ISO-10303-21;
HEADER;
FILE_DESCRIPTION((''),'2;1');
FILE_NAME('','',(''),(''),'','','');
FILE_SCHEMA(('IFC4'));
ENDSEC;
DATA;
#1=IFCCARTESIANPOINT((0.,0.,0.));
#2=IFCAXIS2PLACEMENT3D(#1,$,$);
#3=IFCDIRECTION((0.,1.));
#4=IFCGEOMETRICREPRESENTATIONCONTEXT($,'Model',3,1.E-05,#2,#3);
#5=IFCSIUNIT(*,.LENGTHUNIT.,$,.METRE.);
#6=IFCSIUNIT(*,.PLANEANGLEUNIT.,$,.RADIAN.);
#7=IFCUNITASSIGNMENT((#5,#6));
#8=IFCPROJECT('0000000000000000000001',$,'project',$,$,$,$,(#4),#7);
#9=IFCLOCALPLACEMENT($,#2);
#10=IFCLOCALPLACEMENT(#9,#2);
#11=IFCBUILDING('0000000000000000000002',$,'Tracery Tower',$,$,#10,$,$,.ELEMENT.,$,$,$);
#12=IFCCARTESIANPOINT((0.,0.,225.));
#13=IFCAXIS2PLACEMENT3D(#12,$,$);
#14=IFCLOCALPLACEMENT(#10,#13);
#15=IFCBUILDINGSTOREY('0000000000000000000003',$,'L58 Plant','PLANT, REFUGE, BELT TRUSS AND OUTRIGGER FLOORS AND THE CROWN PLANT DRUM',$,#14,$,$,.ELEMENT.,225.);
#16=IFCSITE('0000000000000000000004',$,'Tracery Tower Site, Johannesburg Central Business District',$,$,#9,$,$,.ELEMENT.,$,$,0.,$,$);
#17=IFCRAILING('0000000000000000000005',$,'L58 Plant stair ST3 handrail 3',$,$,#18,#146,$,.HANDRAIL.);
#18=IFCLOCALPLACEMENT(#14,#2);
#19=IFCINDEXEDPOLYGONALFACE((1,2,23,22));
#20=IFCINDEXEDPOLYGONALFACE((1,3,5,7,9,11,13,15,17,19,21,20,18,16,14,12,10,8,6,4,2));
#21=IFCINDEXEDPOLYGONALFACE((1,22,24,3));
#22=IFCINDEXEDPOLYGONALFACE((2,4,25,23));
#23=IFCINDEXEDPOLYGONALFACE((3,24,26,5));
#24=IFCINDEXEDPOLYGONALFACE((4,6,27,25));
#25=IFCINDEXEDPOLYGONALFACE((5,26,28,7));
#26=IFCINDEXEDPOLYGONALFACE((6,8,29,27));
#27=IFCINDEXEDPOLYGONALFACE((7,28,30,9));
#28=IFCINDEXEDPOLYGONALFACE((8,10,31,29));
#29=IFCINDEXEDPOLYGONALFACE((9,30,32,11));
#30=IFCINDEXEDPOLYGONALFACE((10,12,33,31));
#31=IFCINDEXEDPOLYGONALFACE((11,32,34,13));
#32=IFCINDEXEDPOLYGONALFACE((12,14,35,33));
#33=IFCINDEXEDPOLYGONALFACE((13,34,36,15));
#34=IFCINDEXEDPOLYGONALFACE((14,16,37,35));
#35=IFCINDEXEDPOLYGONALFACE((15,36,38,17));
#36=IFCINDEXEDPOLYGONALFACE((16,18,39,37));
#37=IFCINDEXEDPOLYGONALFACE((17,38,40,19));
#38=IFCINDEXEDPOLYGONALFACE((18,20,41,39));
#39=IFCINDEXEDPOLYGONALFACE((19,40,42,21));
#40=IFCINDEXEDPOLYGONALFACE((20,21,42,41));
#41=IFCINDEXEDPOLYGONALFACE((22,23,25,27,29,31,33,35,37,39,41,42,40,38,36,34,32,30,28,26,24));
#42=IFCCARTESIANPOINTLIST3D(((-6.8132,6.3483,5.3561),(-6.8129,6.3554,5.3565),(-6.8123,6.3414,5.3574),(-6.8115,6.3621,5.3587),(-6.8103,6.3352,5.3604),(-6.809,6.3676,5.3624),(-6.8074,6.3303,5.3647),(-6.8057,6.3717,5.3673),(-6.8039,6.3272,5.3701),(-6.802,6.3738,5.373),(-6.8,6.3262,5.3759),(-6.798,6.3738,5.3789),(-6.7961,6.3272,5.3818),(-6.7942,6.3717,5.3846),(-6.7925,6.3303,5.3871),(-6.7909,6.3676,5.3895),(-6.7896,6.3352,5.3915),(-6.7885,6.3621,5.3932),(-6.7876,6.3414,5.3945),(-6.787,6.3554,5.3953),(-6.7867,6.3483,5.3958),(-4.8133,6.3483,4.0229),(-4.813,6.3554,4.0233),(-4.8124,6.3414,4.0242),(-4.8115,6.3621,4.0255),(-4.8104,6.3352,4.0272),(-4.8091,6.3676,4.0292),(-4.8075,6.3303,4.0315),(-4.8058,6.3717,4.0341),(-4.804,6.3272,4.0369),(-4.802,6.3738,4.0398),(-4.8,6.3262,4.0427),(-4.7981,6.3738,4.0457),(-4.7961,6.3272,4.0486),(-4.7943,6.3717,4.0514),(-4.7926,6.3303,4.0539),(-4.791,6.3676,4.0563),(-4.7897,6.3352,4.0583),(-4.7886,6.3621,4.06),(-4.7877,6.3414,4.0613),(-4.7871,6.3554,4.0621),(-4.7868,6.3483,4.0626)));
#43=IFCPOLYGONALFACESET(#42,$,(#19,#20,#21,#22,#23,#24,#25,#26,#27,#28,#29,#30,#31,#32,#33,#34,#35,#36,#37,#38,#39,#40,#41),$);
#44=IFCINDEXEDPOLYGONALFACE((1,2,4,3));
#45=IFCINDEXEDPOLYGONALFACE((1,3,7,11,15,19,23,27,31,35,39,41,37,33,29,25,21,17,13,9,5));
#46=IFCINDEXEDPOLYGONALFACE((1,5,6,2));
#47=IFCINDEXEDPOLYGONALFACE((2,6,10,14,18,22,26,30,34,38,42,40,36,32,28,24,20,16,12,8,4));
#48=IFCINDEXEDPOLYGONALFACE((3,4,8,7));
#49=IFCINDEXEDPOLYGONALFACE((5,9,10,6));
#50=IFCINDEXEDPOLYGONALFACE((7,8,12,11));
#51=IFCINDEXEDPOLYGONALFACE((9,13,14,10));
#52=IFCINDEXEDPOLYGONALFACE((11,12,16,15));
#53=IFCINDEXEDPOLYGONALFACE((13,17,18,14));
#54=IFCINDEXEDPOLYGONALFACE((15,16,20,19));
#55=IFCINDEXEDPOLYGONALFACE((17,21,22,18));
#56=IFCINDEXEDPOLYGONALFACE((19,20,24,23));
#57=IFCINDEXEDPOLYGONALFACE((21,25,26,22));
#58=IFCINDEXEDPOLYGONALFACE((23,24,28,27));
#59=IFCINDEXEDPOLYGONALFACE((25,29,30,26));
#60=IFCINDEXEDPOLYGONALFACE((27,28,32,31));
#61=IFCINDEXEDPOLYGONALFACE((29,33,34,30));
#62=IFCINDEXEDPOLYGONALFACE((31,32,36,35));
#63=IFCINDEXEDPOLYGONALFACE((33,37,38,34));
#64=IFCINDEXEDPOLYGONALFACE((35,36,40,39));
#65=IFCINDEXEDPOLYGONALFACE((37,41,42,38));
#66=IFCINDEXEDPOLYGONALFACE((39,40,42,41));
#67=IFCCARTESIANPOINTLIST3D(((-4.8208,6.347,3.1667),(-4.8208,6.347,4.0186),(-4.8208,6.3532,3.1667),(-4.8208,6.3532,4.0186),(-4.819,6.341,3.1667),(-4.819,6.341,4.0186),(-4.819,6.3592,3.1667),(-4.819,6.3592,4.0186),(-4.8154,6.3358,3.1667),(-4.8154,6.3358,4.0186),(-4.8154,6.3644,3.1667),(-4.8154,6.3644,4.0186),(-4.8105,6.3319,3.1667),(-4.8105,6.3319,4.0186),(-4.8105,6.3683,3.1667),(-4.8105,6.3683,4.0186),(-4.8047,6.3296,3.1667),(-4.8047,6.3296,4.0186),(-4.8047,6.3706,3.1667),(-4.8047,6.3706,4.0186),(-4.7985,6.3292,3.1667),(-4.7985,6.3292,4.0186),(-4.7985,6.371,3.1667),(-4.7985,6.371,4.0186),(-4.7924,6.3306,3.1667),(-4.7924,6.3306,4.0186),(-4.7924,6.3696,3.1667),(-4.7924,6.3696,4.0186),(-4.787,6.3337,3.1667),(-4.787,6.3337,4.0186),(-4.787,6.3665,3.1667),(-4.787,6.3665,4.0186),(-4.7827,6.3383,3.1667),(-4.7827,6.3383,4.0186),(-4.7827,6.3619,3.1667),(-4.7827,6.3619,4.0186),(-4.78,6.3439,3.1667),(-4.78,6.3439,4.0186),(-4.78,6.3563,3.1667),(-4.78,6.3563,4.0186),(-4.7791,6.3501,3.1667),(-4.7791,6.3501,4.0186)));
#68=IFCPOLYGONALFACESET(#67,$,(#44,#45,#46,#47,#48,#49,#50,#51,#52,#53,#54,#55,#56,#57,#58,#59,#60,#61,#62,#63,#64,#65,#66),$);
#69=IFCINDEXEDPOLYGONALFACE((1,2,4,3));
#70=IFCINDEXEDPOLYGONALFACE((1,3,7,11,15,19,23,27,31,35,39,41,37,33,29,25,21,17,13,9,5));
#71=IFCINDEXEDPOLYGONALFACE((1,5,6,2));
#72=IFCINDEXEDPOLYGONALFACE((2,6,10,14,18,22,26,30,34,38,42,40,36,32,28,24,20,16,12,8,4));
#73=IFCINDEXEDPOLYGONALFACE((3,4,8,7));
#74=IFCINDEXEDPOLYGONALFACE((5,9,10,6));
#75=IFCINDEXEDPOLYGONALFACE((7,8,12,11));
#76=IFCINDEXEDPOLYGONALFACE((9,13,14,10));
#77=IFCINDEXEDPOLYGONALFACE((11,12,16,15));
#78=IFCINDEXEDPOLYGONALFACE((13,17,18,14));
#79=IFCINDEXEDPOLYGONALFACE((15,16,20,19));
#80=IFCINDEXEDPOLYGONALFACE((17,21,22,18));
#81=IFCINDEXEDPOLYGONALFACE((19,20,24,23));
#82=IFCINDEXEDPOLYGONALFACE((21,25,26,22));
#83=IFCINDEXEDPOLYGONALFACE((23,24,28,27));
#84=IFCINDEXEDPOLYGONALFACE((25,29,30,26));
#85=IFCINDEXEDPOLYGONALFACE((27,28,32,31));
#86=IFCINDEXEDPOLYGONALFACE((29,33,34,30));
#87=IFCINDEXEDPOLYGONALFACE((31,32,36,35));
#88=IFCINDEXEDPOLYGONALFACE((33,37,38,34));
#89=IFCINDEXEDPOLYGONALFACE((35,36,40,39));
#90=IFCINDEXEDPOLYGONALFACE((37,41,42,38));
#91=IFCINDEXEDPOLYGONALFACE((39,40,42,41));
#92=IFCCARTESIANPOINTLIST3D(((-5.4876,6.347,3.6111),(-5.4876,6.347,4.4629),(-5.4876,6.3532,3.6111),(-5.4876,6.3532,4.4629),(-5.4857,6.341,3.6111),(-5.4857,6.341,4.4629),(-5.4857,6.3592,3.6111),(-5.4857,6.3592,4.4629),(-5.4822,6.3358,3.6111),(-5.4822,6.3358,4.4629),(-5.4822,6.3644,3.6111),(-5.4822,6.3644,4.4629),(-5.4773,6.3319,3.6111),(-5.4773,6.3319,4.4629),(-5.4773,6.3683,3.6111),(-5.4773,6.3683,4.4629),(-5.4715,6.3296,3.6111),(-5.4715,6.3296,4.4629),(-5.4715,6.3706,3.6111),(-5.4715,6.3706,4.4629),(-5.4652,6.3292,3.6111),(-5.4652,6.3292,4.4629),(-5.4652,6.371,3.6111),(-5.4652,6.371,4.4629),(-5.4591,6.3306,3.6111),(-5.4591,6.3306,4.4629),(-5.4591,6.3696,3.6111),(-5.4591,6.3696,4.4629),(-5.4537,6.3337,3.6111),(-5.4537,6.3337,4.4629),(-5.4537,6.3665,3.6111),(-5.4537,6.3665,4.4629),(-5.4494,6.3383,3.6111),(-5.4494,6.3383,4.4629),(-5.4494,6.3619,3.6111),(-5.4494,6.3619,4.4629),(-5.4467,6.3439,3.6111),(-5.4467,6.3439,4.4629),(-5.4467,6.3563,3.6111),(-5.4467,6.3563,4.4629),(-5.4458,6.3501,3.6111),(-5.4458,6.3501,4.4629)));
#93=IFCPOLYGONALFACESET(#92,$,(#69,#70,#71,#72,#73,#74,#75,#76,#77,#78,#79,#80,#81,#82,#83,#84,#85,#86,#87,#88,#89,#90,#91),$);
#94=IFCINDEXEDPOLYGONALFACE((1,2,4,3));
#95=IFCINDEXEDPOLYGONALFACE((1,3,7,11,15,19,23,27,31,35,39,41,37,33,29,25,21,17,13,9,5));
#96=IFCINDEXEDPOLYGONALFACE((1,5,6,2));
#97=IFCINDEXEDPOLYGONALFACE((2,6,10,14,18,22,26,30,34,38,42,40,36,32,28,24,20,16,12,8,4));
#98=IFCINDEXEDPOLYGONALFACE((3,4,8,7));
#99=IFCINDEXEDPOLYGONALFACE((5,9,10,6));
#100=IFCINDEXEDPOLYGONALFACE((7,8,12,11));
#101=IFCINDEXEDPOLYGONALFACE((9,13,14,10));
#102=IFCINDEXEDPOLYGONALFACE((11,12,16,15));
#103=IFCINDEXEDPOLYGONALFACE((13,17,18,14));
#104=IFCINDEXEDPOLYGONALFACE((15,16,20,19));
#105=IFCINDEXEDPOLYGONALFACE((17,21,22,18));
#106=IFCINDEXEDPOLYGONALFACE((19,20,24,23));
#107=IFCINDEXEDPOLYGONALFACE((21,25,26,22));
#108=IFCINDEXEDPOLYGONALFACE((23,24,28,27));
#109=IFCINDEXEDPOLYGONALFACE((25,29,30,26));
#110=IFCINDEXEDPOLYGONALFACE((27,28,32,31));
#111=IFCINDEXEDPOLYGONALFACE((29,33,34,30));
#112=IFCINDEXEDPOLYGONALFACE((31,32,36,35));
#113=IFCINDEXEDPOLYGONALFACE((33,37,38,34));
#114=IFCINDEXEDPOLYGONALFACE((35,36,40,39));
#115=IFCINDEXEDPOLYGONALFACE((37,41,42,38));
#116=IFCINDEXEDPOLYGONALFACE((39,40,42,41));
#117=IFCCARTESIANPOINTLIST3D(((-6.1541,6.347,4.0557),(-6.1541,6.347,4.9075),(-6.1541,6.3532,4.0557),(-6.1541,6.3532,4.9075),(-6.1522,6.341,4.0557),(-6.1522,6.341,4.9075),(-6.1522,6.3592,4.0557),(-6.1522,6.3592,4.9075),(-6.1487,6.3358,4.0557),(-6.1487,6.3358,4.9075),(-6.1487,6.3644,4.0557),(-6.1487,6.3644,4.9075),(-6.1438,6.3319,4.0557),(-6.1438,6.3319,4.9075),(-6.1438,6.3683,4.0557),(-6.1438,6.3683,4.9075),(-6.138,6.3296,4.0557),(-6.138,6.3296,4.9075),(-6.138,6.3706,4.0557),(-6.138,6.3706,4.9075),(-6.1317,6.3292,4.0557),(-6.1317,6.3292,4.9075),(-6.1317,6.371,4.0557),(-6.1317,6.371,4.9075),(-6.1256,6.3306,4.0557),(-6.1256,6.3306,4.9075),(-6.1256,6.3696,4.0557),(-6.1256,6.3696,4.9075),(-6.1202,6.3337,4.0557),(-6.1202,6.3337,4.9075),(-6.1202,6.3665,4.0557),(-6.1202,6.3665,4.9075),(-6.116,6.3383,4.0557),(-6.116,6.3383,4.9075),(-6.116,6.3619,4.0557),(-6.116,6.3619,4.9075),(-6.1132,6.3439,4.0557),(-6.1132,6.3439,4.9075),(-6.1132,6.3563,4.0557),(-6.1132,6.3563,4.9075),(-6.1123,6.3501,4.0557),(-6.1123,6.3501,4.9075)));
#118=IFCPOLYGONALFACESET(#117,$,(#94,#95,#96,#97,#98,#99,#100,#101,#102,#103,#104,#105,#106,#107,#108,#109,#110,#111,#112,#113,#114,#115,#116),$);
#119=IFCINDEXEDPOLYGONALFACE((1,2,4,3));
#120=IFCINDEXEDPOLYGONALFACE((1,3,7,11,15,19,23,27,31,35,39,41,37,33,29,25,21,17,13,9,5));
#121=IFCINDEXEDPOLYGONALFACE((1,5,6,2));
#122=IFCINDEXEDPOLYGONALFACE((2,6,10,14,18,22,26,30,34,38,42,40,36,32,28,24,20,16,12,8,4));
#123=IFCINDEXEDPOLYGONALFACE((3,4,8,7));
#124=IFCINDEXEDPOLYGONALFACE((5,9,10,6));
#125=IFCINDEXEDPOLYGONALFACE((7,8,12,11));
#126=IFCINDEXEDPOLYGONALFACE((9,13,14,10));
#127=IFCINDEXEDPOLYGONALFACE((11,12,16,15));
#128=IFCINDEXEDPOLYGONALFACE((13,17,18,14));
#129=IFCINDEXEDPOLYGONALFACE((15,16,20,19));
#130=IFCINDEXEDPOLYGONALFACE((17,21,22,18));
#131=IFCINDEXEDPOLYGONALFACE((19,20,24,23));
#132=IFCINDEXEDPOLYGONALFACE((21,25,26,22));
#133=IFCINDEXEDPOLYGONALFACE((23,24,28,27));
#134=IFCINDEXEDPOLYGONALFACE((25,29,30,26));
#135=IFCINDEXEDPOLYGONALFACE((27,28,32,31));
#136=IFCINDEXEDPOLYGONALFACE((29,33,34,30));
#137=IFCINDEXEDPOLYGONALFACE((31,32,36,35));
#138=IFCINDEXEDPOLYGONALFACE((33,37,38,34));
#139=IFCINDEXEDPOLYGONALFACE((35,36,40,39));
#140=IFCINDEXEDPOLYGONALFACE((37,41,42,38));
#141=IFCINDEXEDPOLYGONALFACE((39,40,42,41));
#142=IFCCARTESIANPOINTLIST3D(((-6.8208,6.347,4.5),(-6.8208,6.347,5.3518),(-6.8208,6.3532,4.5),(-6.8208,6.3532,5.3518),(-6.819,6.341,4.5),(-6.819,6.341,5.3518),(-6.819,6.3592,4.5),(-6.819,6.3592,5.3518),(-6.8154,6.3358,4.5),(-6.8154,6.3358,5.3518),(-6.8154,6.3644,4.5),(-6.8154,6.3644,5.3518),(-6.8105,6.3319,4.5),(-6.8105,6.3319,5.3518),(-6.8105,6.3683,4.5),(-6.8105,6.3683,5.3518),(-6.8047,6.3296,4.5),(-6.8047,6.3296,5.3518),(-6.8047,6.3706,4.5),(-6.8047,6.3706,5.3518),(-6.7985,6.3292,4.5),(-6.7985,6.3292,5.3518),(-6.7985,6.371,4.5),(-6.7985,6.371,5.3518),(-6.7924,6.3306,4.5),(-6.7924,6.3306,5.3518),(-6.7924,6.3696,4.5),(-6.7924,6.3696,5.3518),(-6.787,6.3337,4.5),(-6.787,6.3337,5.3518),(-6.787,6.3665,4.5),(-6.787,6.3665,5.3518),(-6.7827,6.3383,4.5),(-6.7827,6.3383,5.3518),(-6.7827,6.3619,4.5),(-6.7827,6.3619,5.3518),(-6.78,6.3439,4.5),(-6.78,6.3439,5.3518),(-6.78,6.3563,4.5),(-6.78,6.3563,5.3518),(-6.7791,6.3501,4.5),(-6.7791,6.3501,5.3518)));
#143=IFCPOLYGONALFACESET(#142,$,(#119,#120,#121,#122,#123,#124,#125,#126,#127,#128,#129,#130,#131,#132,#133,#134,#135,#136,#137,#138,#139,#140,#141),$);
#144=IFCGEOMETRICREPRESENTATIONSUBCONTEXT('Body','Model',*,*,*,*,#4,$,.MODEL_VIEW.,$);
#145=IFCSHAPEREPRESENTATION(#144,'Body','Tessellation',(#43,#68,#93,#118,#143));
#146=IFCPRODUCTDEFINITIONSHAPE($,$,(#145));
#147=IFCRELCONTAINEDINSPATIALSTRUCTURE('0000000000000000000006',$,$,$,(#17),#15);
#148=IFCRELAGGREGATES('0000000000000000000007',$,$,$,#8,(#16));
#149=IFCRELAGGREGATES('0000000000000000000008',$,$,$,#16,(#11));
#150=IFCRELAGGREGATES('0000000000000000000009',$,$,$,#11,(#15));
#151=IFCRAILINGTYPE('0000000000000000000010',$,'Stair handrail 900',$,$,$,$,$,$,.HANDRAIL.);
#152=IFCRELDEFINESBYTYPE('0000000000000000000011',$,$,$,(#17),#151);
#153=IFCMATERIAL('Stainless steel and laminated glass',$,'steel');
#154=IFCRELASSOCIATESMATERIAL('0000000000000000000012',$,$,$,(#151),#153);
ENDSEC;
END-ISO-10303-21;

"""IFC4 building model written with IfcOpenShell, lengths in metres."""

from ifc_helpers import new_model, si_unit, direction, frame, origin, origin_2d, place, context, subcontext, project, spatial, circle, extrude, material, type_object, element, save


model = new_model("IFC4")

# Units and contexts
model_context = context("Model", 3, precision=1e-05, world=origin(), true_north=direction((0.0, 1.0)))
body_context = subcontext(model_context, "Body", "Model", "MODEL_VIEW")
ifc_project = project(units=[si_unit("LENGTHUNIT", "METRE"), si_unit("PLANEANGLEUNIT", "RADIAN")], contexts=[model_context])

# Site, building, storey
site_placement = place(None, origin())
site = spatial("IfcSite", under=ifc_project, at=site_placement, Name="Tracery Tower Site, Johannesburg Central Business District", CompositionType="ELEMENT", RefElevation=0.0)
building_placement = place(site_placement, origin())
building = spatial("IfcBuilding", under=site, at=building_placement, Name="Tracery Tower", CompositionType="ELEMENT")
storey_placement = place(building_placement, frame((0.0, 0.0, 225.0)))
storey = spatial("IfcBuildingStorey", under=building, at=storey_placement, Name="L58 Plant", Description="PLANT, REFUGE, BELT TRUSS AND OUTRIGGER FLOORS AND THE CROWN PLANT DRUM", CompositionType="ELEMENT", Elevation=225.0)

# Railing
ifc_material_1 = material(Name="Stainless steel and laminated glass", Category="steel")
railing_type_1 = type_object("IfcRailingType", Name="Stair handrail 900", PredefinedType="HANDRAIL", material=ifc_material_1)
railing_1_placement = place(storey_placement, frame((-4.8, 6.3501, 3.1667)))
element("IfcRailing", 1, at=railing_1_placement, inside=storey, type_object=railing_type_1, Name="L58 Plant stair ST3 handrail 3", PredefinedType="HANDRAIL", context=body_context, shape_type="SweptSolid", body=[
    extrude(circle(Radius=0.0239, at=origin_2d()), frame((0.0, 0.0, 0.876), z_axis=(-0.832066, 0.0, 0.554677), x_axis=(0.0, -1.0, 0.0)), (0.0, 0.0, 1.0), 2.4036),
    extrude(circle(Radius=0.021, at=origin_2d()), origin(), (0.0, 0.0, 1.0), 0.8518),
    extrude(circle(Radius=0.021, at=origin_2d()), frame((-0.6667, 0.0, 0.4443)), (0.0, 0.0, 1.0), 0.8518),
    extrude(circle(Radius=0.021, at=origin_2d()), frame((-1.3333, 0.0, 0.8889)), (0.0, 0.0, 1.0), 0.8518),
    extrude(circle(Radius=0.021, at=origin_2d()), frame((-2.0, 0.0, 1.3333)), (0.0, 0.0, 1.0), 0.8518),
])

save(model, "model.ifc")
